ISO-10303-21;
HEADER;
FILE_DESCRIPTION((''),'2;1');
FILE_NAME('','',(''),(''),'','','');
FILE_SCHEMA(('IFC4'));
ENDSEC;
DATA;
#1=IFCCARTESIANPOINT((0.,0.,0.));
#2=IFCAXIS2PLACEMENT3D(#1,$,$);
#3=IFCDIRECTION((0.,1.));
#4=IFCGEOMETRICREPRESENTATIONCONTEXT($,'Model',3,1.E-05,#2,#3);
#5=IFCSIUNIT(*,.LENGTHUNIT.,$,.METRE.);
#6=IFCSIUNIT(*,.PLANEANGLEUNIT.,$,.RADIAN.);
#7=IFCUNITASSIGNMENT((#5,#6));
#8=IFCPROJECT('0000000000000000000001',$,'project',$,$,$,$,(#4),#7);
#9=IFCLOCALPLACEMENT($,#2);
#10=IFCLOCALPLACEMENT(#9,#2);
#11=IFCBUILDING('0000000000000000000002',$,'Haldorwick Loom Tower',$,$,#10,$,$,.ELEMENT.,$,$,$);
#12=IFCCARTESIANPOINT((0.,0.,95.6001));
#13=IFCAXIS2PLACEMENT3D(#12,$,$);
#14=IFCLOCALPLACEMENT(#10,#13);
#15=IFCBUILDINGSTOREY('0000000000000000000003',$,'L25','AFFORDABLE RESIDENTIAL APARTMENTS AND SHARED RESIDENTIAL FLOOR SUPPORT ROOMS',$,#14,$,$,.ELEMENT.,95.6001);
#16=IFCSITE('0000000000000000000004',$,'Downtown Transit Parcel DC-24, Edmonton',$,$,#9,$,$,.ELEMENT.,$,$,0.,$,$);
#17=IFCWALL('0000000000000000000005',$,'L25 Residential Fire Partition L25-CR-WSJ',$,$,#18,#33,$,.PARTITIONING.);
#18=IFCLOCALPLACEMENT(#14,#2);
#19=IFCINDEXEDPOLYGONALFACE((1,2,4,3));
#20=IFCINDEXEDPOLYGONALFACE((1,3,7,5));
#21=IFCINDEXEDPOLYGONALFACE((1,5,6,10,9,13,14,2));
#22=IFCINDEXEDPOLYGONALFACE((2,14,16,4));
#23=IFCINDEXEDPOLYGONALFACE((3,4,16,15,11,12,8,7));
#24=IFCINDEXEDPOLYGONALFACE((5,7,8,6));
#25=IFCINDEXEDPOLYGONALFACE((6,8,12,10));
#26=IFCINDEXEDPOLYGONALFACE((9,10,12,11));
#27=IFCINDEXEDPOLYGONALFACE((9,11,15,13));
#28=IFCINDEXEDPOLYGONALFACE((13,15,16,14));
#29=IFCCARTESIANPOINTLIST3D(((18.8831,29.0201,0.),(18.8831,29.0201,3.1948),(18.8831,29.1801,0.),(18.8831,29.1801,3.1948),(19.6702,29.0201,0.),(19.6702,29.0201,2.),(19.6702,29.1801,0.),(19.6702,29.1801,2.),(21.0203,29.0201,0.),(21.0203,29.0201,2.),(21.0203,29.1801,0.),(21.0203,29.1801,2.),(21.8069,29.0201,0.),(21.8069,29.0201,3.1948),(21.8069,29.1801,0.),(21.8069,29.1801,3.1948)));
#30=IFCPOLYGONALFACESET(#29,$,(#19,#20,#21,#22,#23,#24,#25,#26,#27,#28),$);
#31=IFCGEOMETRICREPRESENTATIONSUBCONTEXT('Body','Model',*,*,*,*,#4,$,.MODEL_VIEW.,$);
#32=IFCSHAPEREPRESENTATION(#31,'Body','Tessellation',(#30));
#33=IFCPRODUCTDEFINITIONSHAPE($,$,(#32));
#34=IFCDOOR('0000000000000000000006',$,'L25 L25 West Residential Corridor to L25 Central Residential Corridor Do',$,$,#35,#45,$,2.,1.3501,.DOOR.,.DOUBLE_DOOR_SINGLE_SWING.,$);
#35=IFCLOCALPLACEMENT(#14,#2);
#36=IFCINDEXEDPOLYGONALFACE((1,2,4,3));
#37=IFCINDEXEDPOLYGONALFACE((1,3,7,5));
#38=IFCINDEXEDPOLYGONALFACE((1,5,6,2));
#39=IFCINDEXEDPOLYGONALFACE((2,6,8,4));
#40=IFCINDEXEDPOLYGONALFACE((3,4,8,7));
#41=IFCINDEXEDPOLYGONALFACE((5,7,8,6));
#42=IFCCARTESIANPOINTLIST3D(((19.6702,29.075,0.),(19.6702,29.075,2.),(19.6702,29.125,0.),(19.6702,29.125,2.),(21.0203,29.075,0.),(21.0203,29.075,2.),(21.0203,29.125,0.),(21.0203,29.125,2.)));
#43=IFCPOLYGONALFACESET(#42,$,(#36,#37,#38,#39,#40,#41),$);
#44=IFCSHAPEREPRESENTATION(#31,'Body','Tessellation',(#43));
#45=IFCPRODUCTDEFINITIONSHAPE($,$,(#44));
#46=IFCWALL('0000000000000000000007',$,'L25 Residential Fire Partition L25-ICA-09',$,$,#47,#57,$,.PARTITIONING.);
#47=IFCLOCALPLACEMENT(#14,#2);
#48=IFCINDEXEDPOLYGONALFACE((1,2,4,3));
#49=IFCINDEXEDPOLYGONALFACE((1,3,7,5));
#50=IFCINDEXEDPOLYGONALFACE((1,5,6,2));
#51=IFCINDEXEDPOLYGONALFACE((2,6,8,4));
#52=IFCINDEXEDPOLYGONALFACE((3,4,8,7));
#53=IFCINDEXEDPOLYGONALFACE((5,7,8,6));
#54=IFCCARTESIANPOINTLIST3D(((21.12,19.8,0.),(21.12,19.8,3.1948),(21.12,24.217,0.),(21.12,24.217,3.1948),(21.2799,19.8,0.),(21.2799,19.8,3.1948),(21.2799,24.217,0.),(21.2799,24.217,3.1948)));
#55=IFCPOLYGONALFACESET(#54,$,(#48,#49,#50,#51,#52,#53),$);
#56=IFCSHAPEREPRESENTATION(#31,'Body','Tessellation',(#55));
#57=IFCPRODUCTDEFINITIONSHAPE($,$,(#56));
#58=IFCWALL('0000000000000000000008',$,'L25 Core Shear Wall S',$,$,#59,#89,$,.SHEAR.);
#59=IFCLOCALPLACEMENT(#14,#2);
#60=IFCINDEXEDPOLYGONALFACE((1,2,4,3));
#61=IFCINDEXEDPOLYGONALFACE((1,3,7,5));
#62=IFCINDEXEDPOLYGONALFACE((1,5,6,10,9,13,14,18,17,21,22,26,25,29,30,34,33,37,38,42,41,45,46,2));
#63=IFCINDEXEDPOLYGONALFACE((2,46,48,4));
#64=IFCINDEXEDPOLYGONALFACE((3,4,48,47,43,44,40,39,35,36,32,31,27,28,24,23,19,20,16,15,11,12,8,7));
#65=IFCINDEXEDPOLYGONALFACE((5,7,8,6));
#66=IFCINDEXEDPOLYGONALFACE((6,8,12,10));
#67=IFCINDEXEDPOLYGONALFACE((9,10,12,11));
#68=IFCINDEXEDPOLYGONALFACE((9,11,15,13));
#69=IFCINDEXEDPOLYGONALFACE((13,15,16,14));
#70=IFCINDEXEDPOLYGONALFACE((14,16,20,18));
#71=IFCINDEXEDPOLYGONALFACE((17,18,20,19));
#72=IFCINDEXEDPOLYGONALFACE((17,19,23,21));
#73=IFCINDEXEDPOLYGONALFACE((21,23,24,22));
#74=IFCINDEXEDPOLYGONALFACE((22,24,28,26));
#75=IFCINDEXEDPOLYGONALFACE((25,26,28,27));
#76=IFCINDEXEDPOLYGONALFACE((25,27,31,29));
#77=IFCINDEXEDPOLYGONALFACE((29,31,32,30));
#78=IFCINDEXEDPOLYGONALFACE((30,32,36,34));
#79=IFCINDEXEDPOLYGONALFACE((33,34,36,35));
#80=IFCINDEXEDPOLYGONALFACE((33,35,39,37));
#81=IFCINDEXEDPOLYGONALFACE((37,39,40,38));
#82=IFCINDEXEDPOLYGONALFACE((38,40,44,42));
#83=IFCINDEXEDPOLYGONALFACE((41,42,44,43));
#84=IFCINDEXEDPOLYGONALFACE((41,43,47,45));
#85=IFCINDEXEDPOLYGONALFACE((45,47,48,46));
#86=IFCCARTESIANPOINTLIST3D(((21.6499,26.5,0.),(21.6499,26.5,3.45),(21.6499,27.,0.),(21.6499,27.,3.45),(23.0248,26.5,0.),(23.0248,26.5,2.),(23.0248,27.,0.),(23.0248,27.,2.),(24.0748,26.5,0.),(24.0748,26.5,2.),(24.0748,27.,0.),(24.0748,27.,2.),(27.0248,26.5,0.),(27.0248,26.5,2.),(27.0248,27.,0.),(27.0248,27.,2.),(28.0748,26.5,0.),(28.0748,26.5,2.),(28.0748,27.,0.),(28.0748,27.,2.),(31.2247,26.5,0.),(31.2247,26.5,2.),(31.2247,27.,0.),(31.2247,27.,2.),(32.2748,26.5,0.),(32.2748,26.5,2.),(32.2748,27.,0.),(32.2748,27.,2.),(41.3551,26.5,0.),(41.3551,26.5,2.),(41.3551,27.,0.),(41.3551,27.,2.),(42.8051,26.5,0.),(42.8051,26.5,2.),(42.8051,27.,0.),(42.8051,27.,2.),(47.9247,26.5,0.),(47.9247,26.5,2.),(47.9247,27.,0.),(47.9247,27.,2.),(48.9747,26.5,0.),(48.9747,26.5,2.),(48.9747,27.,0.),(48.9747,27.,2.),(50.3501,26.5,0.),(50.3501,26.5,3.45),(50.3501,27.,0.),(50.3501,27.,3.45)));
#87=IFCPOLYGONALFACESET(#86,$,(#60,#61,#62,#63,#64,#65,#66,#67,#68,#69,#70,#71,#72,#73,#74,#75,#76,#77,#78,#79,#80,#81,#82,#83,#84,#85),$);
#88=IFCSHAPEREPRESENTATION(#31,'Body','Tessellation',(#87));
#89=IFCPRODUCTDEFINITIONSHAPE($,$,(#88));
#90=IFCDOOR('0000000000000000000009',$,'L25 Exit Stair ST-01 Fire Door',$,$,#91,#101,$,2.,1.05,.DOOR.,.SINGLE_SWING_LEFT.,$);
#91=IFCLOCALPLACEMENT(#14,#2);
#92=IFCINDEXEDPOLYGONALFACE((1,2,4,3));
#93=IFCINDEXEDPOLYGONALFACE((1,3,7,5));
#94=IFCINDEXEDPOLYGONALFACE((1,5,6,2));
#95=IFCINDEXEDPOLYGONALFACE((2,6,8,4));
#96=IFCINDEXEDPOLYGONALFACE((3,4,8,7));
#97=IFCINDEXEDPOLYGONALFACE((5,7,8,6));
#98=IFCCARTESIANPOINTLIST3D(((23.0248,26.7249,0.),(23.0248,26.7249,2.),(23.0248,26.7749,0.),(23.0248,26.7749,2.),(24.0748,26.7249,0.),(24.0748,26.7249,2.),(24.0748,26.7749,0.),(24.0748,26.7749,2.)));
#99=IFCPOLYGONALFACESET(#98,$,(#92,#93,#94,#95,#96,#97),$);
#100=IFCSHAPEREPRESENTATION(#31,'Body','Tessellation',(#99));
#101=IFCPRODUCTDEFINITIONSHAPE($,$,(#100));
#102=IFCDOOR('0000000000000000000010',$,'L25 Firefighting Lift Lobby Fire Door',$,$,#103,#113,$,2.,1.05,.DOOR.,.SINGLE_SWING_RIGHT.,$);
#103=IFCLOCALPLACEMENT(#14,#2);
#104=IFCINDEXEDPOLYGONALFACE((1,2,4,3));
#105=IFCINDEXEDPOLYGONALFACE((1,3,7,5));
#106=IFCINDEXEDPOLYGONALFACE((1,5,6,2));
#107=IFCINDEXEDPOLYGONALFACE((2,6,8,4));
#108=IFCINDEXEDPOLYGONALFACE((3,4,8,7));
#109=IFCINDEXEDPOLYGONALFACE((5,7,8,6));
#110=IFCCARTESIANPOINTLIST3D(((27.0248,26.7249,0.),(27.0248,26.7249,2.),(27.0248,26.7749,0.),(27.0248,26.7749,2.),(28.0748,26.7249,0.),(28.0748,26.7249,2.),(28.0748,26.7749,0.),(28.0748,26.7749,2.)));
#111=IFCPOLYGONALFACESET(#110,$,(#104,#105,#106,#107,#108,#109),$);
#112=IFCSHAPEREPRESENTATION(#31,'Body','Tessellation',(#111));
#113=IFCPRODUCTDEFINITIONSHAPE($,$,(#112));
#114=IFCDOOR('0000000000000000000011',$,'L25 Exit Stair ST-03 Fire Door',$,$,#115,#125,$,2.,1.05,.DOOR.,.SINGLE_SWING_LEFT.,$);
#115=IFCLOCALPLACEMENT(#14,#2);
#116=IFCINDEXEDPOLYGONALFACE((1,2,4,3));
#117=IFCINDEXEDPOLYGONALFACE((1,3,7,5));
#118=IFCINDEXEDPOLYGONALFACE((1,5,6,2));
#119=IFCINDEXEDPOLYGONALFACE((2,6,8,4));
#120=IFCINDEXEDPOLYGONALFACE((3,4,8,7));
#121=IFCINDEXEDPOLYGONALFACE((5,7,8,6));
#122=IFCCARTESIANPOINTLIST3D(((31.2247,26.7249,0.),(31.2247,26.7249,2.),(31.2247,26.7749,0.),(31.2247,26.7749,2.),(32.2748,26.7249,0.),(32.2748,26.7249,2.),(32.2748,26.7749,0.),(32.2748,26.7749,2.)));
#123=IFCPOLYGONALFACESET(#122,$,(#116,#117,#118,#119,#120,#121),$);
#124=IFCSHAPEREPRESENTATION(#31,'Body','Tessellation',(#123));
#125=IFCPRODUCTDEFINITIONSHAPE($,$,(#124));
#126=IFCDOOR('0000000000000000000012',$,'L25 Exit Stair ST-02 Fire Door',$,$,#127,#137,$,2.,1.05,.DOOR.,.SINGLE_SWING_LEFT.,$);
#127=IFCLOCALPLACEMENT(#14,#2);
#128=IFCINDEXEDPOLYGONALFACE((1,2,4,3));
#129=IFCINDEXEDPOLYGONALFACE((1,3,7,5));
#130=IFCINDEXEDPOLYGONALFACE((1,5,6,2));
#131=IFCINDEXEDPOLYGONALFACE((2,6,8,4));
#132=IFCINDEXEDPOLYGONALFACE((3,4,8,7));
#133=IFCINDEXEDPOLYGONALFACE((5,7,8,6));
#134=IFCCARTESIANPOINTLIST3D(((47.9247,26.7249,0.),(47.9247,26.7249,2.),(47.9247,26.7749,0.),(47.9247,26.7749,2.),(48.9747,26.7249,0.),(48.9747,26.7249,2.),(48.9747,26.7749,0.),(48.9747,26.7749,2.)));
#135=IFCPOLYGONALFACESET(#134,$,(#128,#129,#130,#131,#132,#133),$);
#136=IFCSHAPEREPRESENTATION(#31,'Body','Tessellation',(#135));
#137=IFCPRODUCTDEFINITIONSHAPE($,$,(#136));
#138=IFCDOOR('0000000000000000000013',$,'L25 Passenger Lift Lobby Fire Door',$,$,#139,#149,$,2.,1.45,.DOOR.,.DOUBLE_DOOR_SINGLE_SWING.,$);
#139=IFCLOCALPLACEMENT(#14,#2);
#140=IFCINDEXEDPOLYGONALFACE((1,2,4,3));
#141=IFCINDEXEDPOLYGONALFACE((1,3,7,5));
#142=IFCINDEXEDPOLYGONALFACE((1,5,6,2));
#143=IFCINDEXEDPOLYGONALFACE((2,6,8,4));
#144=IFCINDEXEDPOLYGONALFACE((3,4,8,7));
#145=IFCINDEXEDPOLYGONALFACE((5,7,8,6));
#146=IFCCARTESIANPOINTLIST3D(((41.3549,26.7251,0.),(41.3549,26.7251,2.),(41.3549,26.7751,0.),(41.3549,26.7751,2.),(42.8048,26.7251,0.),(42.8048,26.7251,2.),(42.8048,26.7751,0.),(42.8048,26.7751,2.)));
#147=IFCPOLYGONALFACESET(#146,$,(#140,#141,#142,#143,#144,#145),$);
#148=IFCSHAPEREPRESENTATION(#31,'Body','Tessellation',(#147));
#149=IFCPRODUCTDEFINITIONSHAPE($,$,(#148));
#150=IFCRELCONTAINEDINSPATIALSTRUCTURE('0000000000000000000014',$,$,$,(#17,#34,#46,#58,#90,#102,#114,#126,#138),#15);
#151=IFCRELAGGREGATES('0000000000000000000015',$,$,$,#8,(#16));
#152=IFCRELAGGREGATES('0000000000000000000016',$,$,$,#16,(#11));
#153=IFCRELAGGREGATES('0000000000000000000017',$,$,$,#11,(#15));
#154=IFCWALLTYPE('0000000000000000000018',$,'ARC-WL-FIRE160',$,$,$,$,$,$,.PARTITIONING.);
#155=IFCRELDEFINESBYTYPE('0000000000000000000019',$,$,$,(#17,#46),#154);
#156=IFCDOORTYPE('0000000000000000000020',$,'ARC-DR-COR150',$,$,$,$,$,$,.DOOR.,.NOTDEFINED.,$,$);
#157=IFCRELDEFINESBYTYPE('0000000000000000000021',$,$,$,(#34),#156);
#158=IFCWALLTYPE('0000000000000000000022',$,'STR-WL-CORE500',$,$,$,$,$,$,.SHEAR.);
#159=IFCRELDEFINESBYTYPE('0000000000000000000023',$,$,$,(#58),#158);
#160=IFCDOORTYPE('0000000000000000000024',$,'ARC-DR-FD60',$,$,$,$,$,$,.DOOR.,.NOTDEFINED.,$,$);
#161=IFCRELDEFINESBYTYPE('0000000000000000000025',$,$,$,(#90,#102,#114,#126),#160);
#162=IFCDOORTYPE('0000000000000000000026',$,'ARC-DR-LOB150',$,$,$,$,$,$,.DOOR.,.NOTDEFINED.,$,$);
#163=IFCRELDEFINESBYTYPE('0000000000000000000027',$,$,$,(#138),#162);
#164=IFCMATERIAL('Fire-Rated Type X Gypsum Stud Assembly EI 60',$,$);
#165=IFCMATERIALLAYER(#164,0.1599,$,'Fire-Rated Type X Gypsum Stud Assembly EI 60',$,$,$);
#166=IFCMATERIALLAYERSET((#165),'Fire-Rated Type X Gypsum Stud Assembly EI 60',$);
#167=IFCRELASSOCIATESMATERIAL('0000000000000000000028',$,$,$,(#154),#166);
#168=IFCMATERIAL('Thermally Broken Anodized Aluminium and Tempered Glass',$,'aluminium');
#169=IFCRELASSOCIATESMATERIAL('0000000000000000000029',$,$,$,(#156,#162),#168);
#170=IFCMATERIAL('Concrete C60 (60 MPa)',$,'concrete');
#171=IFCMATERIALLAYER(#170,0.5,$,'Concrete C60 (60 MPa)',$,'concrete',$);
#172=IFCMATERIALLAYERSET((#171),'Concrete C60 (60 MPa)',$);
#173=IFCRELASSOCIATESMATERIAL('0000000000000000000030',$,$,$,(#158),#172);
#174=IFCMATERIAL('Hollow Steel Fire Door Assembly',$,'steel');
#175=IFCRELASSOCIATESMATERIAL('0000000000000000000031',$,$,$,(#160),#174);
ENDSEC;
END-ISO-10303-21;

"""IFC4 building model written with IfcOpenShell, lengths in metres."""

from ifc_helpers import new_model, si_unit, direction, frame, frame_2d, origin, place, context, subcontext, project, spatial, rectangle, extrude, material, layer, layer_set, type_object, element, fill, save


model = new_model("IFC4")

# Units and contexts
model_context = context("Model", 3, precision=1e-05, world=origin(), true_north=direction((0.0, 1.0)))
body_context = subcontext(model_context, "Body", "Model", "MODEL_VIEW")
ifc_project = project(units=[si_unit("LENGTHUNIT", "METRE"), si_unit("PLANEANGLEUNIT", "RADIAN")], contexts=[model_context])

# Site, building, storey
site_placement = place(None, origin())
site = spatial("IfcSite", under=ifc_project, at=site_placement, Name="Downtown Transit Parcel DC-24, Edmonton", CompositionType="ELEMENT", RefElevation=0.0)
building_placement = place(site_placement, origin())
building = spatial("IfcBuilding", under=site, at=building_placement, Name="Haldorwick Loom Tower", CompositionType="ELEMENT")
storey_placement = place(building_placement, frame((0.0, 0.0, 95.6001)))
storey = spatial("IfcBuildingStorey", under=building, at=storey_placement, Name="L25", Description="AFFORDABLE RESIDENTIAL APARTMENTS AND SHARED RESIDENTIAL FLOOR SUPPORT ROOMS", CompositionType="ELEMENT", Elevation=95.6001)

# Shared definitions
ifc_material_1 = material(Name="Concrete C60 (60 MPa)", Category="concrete")

# Wall, opening, door
ifc_material_2 = material(Name="Fire-Rated Type X Gypsum Stud Assembly EI 60")
ifc_layer_1 = layer(ifc_material_2, 0.1599, Name="Fire-Rated Type X Gypsum Stud Assembly EI 60")
ifc_layer_set_1 = layer_set([ifc_layer_1], Name="Fire-Rated Type X Gypsum Stud Assembly EI 60")
wall_type_1 = type_object("IfcWallType", Name="ARC-WL-FIRE160", PredefinedType="PARTITIONING", material=ifc_layer_set_1)
wall_1_placement = place(storey_placement, frame((18.8831, 29.1001, 0.0), z_axis=(0.0, 0.0, 1.0), x_axis=(1.0, 0.0, 0.0)))
wall_1 = element("IfcWall", 1, at=wall_1_placement, inside=storey, type_object=wall_type_1, Name="L25 Residential Fire Partition L25-CR-WSJ", PredefinedType="PARTITIONING", context=body_context, shape_type="SweptSolid", body=[
    extrude(rectangle(XDim=2.9238, YDim=0.1599, at=frame_2d((1.4619, 0.0))), origin(), (0.0, 0.0, 1.0), 3.1948),
])
opening_1_placement = place(wall_1_placement, frame((0.7871, 0.0, 0.0)))
opening_1 = element("IfcOpeningElement", 2, at=opening_1_placement, cuts=wall_1, PredefinedType="OPENING", context=body_context, shape_type="SweptSolid", body=[
    extrude(rectangle(XDim=1.3501, YDim=2.0, at=frame_2d((0.675, 1.0))), frame((0.0, 0.0898, 0.0), z_axis=(0.0, -1.0, 0.0), x_axis=(1.0, 0.0, 0.0)), (0.0, 0.0, 1.0), 0.1799),
])
ifc_material_3 = material(Name="Thermally Broken Anodized Aluminium and Tempered Glass", Category="aluminium")
door_type_1 = type_object("IfcDoorType", Name="ARC-DR-COR150", OperationType="NOTDEFINED", PredefinedType="DOOR", material=ifc_material_3)
door_1_placement = place(opening_1_placement, origin())
door_1 = element("IfcDoor", 3, at=door_1_placement, inside=storey, type_object=door_type_1, Name="L25 L25 West Residential Corridor to L25 Central Residential Corridor Do", OperationType="DOUBLE_DOOR_SINGLE_SWING", OverallHeight=2.0, OverallWidth=1.3501, PredefinedType="DOOR", context=body_context, shape_type="SweptSolid", body=[
    extrude(rectangle(XDim=1.3501, YDim=2.0, at=frame_2d((0.675, 1.0))), frame((0.0, 0.0249, 0.0), z_axis=(0.0, -1.0, 0.0), x_axis=(1.0, 0.0, 0.0)), (0.0, 0.0, 1.0), 0.05),
])
fill(opening_1, door_1)

# Wall
wall_2_placement = place(storey_placement, frame((21.2, 24.217, 0.0), z_axis=(0.0, 0.0, 1.0), x_axis=(0.0, -1.0, 0.0)))
element("IfcWall", 4, at=wall_2_placement, inside=storey, type_object=wall_type_1, Name="L25 Residential Fire Partition L25-ICA-09", PredefinedType="PARTITIONING", context=body_context, shape_type="SweptSolid", body=[
    extrude(rectangle(XDim=4.417, YDim=0.1599, at=frame_2d((2.2085, 0.0))), origin(), (0.0, 0.0, 1.0), 3.1948),
])

# Wall, openings, doors
ifc_layer_2 = layer(ifc_material_1, 0.5, Name="Concrete C60 (60 MPa)", Category="concrete")
ifc_layer_set_2 = layer_set([ifc_layer_2], Name="Concrete C60 (60 MPa)")
wall_type_2 = type_object("IfcWallType", Name="STR-WL-CORE500", PredefinedType="SHEAR", material=ifc_layer_set_2)
wall_3_placement = place(storey_placement, frame((21.6499, 26.75, 0.0), z_axis=(0.0, 0.0, 1.0), x_axis=(1.0, 0.0, 0.0)))
wall_3 = element("IfcWall", 5, at=wall_3_placement, inside=storey, type_object=wall_type_2, Name="L25 Core Shear Wall S", PredefinedType="SHEAR", context=body_context, shape_type="SweptSolid", body=[
    extrude(rectangle(XDim=28.7002, YDim=0.5, at=frame_2d((14.3501, 0.0))), origin(), (0.0, 0.0, 1.0), 3.45),
])
opening_2_placement = place(wall_3_placement, frame((1.375, 0.0, 0.0)))
opening_2 = element("IfcOpeningElement", 6, at=opening_2_placement, cuts=wall_3, PredefinedType="OPENING", context=body_context, shape_type="SweptSolid", body=[
    extrude(rectangle(XDim=1.05, YDim=2.0, at=frame_2d((0.5249, 1.0))), frame((0.0, 0.26, 0.0), z_axis=(0.0, -1.0, 0.0), x_axis=(1.0, 0.0, 0.0)), (0.0, 0.0, 1.0), 0.52),
])
opening_3_placement = place(wall_3_placement, frame((5.375, 0.0, 0.0)))
opening_3 = element("IfcOpeningElement", 7, at=opening_3_placement, cuts=wall_3, PredefinedType="OPENING", context=body_context, shape_type="SweptSolid", body=[
    extrude(rectangle(XDim=1.05, YDim=2.0, at=frame_2d((0.5249, 1.0))), frame((0.0, 0.26, 0.0), z_axis=(0.0, -1.0, 0.0), x_axis=(1.0, 0.0, 0.0)), (0.0, 0.0, 1.0), 0.52),
])
opening_4_placement = place(wall_3_placement, frame((9.575, 0.0, 0.0)))
opening_4 = element("IfcOpeningElement", 8, at=opening_4_placement, cuts=wall_3, PredefinedType="OPENING", context=body_context, shape_type="SweptSolid", body=[
    extrude(rectangle(XDim=1.05, YDim=2.0, at=frame_2d((0.5249, 1.0))), frame((0.0, 0.26, 0.0), z_axis=(0.0, -1.0, 0.0), x_axis=(1.0, 0.0, 0.0)), (0.0, 0.0, 1.0), 0.52),
])
opening_5_placement = place(wall_3_placement, frame((19.7051, 0.0, 0.0)))
opening_5 = element("IfcOpeningElement", 9, at=opening_5_placement, cuts=wall_3, PredefinedType="OPENING", context=body_context, shape_type="SweptSolid", body=[
    extrude(rectangle(XDim=1.45, YDim=2.0, at=frame_2d((0.7251, 1.0))), frame((0.0, 0.26, 0.0), z_axis=(0.0, -1.0, 0.0), x_axis=(1.0, 0.0, 0.0)), (0.0, 0.0, 1.0), 0.52),
])
opening_6_placement = place(wall_3_placement, frame((26.2749, 0.0, 0.0)))
opening_6 = element("IfcOpeningElement", 10, at=opening_6_placement, cuts=wall_3, PredefinedType="OPENING", context=body_context, shape_type="SweptSolid", body=[
    extrude(rectangle(XDim=1.05, YDim=2.0, at=frame_2d((0.5249, 1.0))), frame((0.0, 0.26, 0.0), z_axis=(0.0, -1.0, 0.0), x_axis=(1.0, 0.0, 0.0)), (0.0, 0.0, 1.0), 0.52),
])
ifc_material_4 = material(Name="Hollow Steel Fire Door Assembly", Category="steel")
door_type_2 = type_object("IfcDoorType", Name="ARC-DR-FD60", OperationType="NOTDEFINED", PredefinedType="DOOR", material=ifc_material_4)
door_2_placement = place(opening_2_placement, origin())
door_2 = element("IfcDoor", 11, at=door_2_placement, inside=storey, type_object=door_type_2, Name="L25 Exit Stair ST-01 Fire Door", OperationType="SINGLE_SWING_LEFT", OverallHeight=2.0, OverallWidth=1.05, PredefinedType="DOOR", context=body_context, shape_type="SweptSolid", body=[
    extrude(rectangle(XDim=1.05, YDim=2.0, at=frame_2d((0.5249, 1.0))), frame((0.0, 0.0249, 0.0), z_axis=(0.0, -1.0, 0.0), x_axis=(1.0, 0.0, 0.0)), (0.0, 0.0, 1.0), 0.05),
])
fill(opening_2, door_2)
door_3_placement = place(opening_3_placement, origin())
door_3 = element("IfcDoor", 12, at=door_3_placement, inside=storey, type_object=door_type_2, Name="L25 Firefighting Lift Lobby Fire Door", OperationType="SINGLE_SWING_RIGHT", OverallHeight=2.0, OverallWidth=1.05, PredefinedType="DOOR", context=body_context, shape_type="SweptSolid", body=[
    extrude(rectangle(XDim=1.05, YDim=2.0, at=frame_2d((0.5249, 1.0))), frame((0.0, 0.0249, 0.0), z_axis=(0.0, -1.0, 0.0), x_axis=(1.0, 0.0, 0.0)), (0.0, 0.0, 1.0), 0.05),
])
fill(opening_3, door_3)
door_4_placement = place(opening_4_placement, origin())
door_4 = element("IfcDoor", 13, at=door_4_placement, inside=storey, type_object=door_type_2, Name="L25 Exit Stair ST-03 Fire Door", OperationType="SINGLE_SWING_LEFT", OverallHeight=2.0, OverallWidth=1.05, PredefinedType="DOOR", context=body_context, shape_type="SweptSolid", body=[
    extrude(rectangle(XDim=1.05, YDim=2.0, at=frame_2d((0.5249, 1.0))), frame((0.0, 0.0249, 0.0), z_axis=(0.0, -1.0, 0.0), x_axis=(1.0, 0.0, 0.0)), (0.0, 0.0, 1.0), 0.05),
])
fill(opening_4, door_4)
door_5_placement = place(opening_6_placement, origin())
door_5 = element("IfcDoor", 14, at=door_5_placement, inside=storey, type_object=door_type_2, Name="L25 Exit Stair ST-02 Fire Door", OperationType="SINGLE_SWING_LEFT", OverallHeight=2.0, OverallWidth=1.05, PredefinedType="DOOR", context=body_context, shape_type="SweptSolid", body=[
    extrude(rectangle(XDim=1.05, YDim=2.0, at=frame_2d((0.5249, 1.0))), frame((0.0, 0.0249, 0.0), z_axis=(0.0, -1.0, 0.0), x_axis=(1.0, 0.0, 0.0)), (0.0, 0.0, 1.0), 0.05),
])
fill(opening_6, door_5)
door_type_3 = type_object("IfcDoorType", Name="ARC-DR-LOB150", OperationType="NOTDEFINED", PredefinedType="DOOR", material=ifc_material_3)
door_6_placement = place(opening_5_placement, frame((1.45, 0.0, 0.0), z_axis=(0.0, 0.0, 1.0), x_axis=(-1.0, 0.0, 0.0)))
door_6 = element("IfcDoor", 15, at=door_6_placement, inside=storey, type_object=door_type_3, Name="L25 Passenger Lift Lobby Fire Door", OperationType="DOUBLE_DOOR_SINGLE_SWING", OverallHeight=2.0, OverallWidth=1.45, PredefinedType="DOOR", context=body_context, shape_type="SweptSolid", body=[
    extrude(rectangle(XDim=1.45, YDim=2.0, at=frame_2d((0.7251, 1.0))), frame((0.0, 0.0249, 0.0), z_axis=(0.0, -1.0, 0.0), x_axis=(1.0, 0.0, 0.0)), (0.0, 0.0, 1.0), 0.05),
])
fill(opening_5, door_6)

save(model, "model.ifc")
